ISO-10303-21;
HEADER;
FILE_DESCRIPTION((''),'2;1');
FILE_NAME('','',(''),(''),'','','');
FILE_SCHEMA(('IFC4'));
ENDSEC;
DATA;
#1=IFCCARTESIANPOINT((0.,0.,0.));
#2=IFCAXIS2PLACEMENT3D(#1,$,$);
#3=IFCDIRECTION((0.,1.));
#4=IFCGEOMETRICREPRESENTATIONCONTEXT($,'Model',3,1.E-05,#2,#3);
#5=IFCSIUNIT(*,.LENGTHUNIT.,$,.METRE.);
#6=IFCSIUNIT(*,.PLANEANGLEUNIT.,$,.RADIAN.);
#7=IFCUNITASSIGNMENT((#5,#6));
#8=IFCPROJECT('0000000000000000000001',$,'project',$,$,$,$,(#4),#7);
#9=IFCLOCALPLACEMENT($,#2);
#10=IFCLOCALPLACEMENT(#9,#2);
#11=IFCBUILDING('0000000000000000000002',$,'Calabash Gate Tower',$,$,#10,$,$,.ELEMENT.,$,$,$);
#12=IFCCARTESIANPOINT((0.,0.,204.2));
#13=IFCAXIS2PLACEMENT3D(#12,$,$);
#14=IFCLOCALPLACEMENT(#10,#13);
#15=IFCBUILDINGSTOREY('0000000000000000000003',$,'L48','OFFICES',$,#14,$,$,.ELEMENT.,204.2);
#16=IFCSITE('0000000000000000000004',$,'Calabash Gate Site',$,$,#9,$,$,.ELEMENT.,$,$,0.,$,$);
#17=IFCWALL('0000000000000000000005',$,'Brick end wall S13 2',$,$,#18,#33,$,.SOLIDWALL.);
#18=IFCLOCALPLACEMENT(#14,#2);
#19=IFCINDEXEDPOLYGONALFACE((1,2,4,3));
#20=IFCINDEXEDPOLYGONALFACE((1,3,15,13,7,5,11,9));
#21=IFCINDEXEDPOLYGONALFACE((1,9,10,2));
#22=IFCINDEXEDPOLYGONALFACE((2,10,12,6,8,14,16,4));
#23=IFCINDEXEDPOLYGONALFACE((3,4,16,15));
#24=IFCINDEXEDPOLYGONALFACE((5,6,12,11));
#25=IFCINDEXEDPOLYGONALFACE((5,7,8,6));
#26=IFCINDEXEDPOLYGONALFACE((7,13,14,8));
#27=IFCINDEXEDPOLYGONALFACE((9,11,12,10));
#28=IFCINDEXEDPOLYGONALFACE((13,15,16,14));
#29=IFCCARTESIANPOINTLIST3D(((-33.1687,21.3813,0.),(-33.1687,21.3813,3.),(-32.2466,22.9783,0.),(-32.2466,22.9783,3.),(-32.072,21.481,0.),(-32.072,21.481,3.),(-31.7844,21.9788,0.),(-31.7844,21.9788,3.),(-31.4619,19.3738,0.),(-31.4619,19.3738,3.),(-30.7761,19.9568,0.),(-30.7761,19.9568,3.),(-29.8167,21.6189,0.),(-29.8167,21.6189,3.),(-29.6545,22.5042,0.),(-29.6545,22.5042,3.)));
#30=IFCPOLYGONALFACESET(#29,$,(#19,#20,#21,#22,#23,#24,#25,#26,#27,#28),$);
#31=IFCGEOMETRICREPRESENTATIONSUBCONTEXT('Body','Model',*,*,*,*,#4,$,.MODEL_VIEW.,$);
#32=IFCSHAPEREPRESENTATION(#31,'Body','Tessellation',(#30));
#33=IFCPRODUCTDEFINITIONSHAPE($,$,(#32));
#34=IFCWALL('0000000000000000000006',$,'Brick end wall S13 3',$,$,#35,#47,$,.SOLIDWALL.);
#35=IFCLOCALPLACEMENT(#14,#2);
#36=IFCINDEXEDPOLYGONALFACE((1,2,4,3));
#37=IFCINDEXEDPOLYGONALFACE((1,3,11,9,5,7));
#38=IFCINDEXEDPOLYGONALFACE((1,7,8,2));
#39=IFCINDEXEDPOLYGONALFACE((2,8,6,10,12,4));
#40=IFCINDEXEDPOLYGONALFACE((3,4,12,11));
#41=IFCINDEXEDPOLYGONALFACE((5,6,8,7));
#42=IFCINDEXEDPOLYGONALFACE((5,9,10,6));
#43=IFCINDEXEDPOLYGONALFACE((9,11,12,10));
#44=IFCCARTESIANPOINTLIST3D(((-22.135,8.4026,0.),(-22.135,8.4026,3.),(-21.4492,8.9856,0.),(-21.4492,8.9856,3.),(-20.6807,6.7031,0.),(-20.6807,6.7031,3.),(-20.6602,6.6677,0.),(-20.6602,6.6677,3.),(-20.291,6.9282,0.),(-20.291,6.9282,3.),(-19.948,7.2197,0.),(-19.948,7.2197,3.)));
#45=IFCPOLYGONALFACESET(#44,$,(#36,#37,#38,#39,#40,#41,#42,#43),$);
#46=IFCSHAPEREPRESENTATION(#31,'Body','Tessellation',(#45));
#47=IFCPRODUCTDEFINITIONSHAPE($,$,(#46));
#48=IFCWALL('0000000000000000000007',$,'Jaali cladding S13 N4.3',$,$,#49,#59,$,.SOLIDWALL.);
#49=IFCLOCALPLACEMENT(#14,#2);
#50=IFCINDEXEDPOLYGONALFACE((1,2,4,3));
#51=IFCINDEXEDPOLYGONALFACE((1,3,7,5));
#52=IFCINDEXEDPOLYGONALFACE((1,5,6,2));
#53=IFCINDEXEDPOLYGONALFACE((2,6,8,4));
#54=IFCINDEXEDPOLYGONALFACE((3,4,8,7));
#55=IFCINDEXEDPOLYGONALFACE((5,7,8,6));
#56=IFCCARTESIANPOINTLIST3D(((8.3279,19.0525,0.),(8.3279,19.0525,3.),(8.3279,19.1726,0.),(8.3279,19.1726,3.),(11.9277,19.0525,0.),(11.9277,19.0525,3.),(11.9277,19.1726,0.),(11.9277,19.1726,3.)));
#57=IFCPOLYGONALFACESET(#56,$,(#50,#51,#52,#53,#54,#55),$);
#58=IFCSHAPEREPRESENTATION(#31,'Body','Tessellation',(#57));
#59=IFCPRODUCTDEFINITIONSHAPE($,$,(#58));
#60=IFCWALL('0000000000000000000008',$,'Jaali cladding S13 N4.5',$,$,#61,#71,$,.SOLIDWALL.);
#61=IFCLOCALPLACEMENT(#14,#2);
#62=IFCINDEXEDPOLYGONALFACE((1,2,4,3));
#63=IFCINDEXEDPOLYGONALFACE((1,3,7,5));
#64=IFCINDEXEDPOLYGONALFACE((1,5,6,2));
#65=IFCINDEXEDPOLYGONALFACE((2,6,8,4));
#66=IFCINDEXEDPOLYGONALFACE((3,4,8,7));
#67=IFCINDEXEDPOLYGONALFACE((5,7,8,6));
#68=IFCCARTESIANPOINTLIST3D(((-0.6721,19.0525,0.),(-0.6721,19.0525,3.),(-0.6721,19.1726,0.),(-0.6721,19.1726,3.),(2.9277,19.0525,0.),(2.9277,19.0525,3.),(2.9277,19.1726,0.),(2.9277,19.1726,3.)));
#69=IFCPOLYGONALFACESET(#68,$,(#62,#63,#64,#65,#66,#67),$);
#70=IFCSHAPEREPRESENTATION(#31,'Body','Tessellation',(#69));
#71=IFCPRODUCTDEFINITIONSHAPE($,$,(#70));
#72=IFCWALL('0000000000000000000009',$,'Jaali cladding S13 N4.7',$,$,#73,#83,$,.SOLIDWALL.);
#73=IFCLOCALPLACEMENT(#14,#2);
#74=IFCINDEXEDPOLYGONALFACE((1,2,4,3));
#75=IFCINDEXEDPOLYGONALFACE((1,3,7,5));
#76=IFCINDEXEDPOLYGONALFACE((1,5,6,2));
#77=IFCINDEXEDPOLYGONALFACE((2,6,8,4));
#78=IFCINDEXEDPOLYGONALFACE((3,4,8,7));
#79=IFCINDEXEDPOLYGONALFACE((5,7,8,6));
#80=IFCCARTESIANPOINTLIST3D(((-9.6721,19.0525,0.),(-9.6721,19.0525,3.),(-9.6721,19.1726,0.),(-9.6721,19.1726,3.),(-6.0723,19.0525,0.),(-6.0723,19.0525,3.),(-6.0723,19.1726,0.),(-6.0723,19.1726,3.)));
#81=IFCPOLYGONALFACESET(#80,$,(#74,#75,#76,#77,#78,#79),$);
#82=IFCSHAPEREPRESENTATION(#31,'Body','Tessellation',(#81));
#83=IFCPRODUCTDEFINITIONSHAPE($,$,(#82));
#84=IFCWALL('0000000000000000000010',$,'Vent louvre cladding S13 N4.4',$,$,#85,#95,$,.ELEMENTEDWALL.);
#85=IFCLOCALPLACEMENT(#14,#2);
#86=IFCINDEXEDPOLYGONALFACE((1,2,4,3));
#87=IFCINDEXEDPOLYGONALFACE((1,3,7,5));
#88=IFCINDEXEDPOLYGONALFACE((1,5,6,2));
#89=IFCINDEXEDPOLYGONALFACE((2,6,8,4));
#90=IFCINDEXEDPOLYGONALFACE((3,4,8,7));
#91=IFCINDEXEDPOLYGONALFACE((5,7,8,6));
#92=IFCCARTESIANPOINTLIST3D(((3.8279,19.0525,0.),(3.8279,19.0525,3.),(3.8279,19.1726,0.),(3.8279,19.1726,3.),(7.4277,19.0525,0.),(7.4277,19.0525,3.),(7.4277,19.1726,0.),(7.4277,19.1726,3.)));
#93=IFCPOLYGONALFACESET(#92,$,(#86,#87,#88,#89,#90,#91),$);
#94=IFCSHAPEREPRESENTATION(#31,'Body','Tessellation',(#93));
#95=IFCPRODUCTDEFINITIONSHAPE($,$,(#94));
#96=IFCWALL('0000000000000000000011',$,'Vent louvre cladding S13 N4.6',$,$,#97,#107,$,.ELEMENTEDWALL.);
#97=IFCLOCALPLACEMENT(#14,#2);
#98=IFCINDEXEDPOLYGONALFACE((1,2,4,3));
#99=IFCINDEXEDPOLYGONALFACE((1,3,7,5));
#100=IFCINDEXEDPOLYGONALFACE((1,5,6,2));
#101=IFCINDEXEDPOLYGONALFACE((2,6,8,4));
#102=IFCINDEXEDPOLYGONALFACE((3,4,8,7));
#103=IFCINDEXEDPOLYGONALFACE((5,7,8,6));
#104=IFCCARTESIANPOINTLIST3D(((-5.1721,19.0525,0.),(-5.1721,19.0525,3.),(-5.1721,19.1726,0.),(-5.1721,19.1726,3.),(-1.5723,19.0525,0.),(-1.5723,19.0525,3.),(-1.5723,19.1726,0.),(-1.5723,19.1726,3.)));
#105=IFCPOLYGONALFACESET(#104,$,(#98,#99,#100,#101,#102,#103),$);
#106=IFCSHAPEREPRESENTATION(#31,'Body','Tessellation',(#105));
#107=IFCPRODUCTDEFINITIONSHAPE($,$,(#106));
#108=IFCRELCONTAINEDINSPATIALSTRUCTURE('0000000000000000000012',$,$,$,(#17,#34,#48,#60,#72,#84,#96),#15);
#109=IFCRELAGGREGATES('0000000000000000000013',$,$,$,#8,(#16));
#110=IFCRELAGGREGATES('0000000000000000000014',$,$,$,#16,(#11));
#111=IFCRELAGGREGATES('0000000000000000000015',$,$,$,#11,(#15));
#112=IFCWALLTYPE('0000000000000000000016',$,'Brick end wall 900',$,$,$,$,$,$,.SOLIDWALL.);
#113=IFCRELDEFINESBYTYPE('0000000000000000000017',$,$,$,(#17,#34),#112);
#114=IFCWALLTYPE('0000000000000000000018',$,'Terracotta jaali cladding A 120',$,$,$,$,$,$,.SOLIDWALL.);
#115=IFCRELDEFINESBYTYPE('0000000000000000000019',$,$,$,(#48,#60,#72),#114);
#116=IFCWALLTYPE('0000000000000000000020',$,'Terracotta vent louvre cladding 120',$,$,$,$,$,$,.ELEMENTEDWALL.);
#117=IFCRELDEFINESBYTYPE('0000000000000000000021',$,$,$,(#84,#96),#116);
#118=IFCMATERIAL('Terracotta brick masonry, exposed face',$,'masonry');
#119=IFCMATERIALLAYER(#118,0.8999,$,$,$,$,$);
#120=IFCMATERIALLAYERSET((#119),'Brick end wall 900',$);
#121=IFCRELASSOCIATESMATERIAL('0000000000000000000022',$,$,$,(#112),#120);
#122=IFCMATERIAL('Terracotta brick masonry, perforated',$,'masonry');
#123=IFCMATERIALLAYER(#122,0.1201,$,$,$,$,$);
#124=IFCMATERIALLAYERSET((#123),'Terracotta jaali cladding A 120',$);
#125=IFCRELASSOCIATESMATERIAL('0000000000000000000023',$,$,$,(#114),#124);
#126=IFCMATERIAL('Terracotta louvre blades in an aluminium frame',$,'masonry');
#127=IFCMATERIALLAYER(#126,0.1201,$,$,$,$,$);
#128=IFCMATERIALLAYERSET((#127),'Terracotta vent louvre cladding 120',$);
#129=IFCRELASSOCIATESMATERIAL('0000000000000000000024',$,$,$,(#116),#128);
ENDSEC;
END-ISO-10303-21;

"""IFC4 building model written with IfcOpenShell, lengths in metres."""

from ifc_helpers import new_model, si_unit, direction, frame, origin, place, context, subcontext, project, spatial, polyline, outline, extrude, material, layer, layer_set, type_object, element, save


model = new_model("IFC4")

# Units and contexts
model_context = context("Model", 3, precision=1e-05, world=origin(), true_north=direction((0.0, 1.0)))
body_context = subcontext(model_context, "Body", "Model", "MODEL_VIEW")
ifc_project = project(units=[si_unit("LENGTHUNIT", "METRE"), si_unit("PLANEANGLEUNIT", "RADIAN")], contexts=[model_context])

# Site, building, storey
site_placement = place(None, origin())
site = spatial("IfcSite", under=ifc_project, at=site_placement, Name="Calabash Gate Site", CompositionType="ELEMENT", RefElevation=0.0)
building_placement = place(site_placement, origin())
building = spatial("IfcBuilding", under=site, at=building_placement, Name="Calabash Gate Tower", CompositionType="ELEMENT")
storey_placement = place(building_placement, frame((0.0, 0.0, 204.2)))
storey = spatial("IfcBuildingStorey", under=building, at=storey_placement, Name="L48", Description="OFFICES", CompositionType="ELEMENT", Elevation=204.2)

# Walls
ifc_material_1 = material(Name="Terracotta brick masonry, exposed face", Category="masonry")
ifc_layer_1 = layer(ifc_material_1, 0.8999)
ifc_layer_set_1 = layer_set([ifc_layer_1], Name="Brick end wall 900")
wall_type_1 = type_object("IfcWallType", Name="Brick end wall 900", PredefinedType="SOLIDWALL", material=ifc_layer_set_1)
wall_1_placement = place(storey_placement, origin())
element("IfcWall", 1, at=wall_1_placement, inside=storey, type_object=wall_type_1, Name="Brick end wall S13 2", PredefinedType="SOLIDWALL", context=body_context, shape_type="SweptSolid", body=[
    extrude(outline(polyline([(-31.7844, 21.9788), (-29.8167, 21.6189), (-29.6545, 22.5042), (-32.2466, 22.9783), (-33.1687, 21.3813), (-31.4619, 19.3738), (-30.7761, 19.9568), (-32.072, 21.481), (-31.7844, 21.9788)])), origin(), (0.0, 0.0, 1.0), 3.0),
])
wall_2_placement = place(storey_placement, origin())
element("IfcWall", 2, at=wall_2_placement, inside=storey, type_object=wall_type_1, Name="Brick end wall S13 3", PredefinedType="SOLIDWALL", context=body_context, shape_type="SweptSolid", body=[
    extrude(outline(polyline([(-19.948, 7.2197), (-21.4492, 8.9856), (-22.135, 8.4026), (-20.6602, 6.6677), (-20.6807, 6.7031), (-20.291, 6.9282), (-19.948, 7.2197)])), origin(), (0.0, 0.0, 1.0), 3.0),
])
ifc_material_2 = material(Name="Terracotta brick masonry, perforated", Category="masonry")
ifc_layer_2 = layer(ifc_material_2, 0.1201)
ifc_layer_set_2 = layer_set([ifc_layer_2], Name="Terracotta jaali cladding A 120")
wall_type_2 = type_object("IfcWallType", Name="Terracotta jaali cladding A 120", PredefinedType="SOLIDWALL", material=ifc_layer_set_2)
wall_3_placement = place(storey_placement, origin())
element("IfcWall", 3, at=wall_3_placement, inside=storey, type_object=wall_type_2, Name="Jaali cladding S13 N4.3", PredefinedType="SOLIDWALL", context=body_context, shape_type="SweptSolid", body=[
    extrude(outline(polyline([(8.3279, 19.1726), (8.3279, 19.0525), (11.9277, 19.0525), (11.9277, 19.1726), (8.3279, 19.1726)])), origin(), (0.0, 0.0, 1.0), 3.0),
])
wall_4_placement = place(storey_placement, origin())
element("IfcWall", 4, at=wall_4_placement, inside=storey, type_object=wall_type_2, Name="Jaali cladding S13 N4.5", PredefinedType="SOLIDWALL", context=body_context, shape_type="SweptSolid", body=[
    extrude(outline(polyline([(-0.6721, 19.1726), (-0.6721, 19.0525), (2.9277, 19.0525), (2.9277, 19.1726), (-0.6721, 19.1726)])), origin(), (0.0, 0.0, 1.0), 3.0),
])
wall_5_placement = place(storey_placement, origin())
element("IfcWall", 5, at=wall_5_placement, inside=storey, type_object=wall_type_2, Name="Jaali cladding S13 N4.7", PredefinedType="SOLIDWALL", context=body_context, shape_type="SweptSolid", body=[
    extrude(outline(polyline([(-9.6721, 19.1726), (-9.6721, 19.0525), (-6.0723, 19.0525), (-6.0723, 19.1726), (-9.6721, 19.1726)])), origin(), (0.0, 0.0, 1.0), 3.0),
])
ifc_material_3 = material(Name="Terracotta louvre blades in an aluminium frame", Category="masonry")
ifc_layer_3 = layer(ifc_material_3, 0.1201)
ifc_layer_set_3 = layer_set([ifc_layer_3], Name="Terracotta vent louvre cladding 120")
wall_type_3 = type_object("IfcWallType", Name="Terracotta vent louvre cladding 120", PredefinedType="ELEMENTEDWALL", material=ifc_layer_set_3)
wall_6_placement = place(storey_placement, origin())
element("IfcWall", 6, at=wall_6_placement, inside=storey, type_object=wall_type_3, Name="Vent louvre cladding S13 N4.4", PredefinedType="ELEMENTEDWALL", context=body_context, shape_type="SweptSolid", body=[
    extrude(outline(polyline([(3.8279, 19.1726), (3.8279, 19.0525), (7.4277, 19.0525), (7.4277, 19.1726), (3.8279, 19.1726)])), origin(), (0.0, 0.0, 1.0), 3.0),
])
wall_7_placement = place(storey_placement, origin())
element("IfcWall", 7, at=wall_7_placement, inside=storey, type_object=wall_type_3, Name="Vent louvre cladding S13 N4.6", PredefinedType="ELEMENTEDWALL", context=body_context, shape_type="SweptSolid", body=[
    extrude(outline(polyline([(-5.1721, 19.1726), (-5.1721, 19.0525), (-1.5723, 19.0525), (-1.5723, 19.1726), (-5.1721, 19.1726)])), origin(), (0.0, 0.0, 1.0), 3.0),
])

save(model, "model.ifc")
